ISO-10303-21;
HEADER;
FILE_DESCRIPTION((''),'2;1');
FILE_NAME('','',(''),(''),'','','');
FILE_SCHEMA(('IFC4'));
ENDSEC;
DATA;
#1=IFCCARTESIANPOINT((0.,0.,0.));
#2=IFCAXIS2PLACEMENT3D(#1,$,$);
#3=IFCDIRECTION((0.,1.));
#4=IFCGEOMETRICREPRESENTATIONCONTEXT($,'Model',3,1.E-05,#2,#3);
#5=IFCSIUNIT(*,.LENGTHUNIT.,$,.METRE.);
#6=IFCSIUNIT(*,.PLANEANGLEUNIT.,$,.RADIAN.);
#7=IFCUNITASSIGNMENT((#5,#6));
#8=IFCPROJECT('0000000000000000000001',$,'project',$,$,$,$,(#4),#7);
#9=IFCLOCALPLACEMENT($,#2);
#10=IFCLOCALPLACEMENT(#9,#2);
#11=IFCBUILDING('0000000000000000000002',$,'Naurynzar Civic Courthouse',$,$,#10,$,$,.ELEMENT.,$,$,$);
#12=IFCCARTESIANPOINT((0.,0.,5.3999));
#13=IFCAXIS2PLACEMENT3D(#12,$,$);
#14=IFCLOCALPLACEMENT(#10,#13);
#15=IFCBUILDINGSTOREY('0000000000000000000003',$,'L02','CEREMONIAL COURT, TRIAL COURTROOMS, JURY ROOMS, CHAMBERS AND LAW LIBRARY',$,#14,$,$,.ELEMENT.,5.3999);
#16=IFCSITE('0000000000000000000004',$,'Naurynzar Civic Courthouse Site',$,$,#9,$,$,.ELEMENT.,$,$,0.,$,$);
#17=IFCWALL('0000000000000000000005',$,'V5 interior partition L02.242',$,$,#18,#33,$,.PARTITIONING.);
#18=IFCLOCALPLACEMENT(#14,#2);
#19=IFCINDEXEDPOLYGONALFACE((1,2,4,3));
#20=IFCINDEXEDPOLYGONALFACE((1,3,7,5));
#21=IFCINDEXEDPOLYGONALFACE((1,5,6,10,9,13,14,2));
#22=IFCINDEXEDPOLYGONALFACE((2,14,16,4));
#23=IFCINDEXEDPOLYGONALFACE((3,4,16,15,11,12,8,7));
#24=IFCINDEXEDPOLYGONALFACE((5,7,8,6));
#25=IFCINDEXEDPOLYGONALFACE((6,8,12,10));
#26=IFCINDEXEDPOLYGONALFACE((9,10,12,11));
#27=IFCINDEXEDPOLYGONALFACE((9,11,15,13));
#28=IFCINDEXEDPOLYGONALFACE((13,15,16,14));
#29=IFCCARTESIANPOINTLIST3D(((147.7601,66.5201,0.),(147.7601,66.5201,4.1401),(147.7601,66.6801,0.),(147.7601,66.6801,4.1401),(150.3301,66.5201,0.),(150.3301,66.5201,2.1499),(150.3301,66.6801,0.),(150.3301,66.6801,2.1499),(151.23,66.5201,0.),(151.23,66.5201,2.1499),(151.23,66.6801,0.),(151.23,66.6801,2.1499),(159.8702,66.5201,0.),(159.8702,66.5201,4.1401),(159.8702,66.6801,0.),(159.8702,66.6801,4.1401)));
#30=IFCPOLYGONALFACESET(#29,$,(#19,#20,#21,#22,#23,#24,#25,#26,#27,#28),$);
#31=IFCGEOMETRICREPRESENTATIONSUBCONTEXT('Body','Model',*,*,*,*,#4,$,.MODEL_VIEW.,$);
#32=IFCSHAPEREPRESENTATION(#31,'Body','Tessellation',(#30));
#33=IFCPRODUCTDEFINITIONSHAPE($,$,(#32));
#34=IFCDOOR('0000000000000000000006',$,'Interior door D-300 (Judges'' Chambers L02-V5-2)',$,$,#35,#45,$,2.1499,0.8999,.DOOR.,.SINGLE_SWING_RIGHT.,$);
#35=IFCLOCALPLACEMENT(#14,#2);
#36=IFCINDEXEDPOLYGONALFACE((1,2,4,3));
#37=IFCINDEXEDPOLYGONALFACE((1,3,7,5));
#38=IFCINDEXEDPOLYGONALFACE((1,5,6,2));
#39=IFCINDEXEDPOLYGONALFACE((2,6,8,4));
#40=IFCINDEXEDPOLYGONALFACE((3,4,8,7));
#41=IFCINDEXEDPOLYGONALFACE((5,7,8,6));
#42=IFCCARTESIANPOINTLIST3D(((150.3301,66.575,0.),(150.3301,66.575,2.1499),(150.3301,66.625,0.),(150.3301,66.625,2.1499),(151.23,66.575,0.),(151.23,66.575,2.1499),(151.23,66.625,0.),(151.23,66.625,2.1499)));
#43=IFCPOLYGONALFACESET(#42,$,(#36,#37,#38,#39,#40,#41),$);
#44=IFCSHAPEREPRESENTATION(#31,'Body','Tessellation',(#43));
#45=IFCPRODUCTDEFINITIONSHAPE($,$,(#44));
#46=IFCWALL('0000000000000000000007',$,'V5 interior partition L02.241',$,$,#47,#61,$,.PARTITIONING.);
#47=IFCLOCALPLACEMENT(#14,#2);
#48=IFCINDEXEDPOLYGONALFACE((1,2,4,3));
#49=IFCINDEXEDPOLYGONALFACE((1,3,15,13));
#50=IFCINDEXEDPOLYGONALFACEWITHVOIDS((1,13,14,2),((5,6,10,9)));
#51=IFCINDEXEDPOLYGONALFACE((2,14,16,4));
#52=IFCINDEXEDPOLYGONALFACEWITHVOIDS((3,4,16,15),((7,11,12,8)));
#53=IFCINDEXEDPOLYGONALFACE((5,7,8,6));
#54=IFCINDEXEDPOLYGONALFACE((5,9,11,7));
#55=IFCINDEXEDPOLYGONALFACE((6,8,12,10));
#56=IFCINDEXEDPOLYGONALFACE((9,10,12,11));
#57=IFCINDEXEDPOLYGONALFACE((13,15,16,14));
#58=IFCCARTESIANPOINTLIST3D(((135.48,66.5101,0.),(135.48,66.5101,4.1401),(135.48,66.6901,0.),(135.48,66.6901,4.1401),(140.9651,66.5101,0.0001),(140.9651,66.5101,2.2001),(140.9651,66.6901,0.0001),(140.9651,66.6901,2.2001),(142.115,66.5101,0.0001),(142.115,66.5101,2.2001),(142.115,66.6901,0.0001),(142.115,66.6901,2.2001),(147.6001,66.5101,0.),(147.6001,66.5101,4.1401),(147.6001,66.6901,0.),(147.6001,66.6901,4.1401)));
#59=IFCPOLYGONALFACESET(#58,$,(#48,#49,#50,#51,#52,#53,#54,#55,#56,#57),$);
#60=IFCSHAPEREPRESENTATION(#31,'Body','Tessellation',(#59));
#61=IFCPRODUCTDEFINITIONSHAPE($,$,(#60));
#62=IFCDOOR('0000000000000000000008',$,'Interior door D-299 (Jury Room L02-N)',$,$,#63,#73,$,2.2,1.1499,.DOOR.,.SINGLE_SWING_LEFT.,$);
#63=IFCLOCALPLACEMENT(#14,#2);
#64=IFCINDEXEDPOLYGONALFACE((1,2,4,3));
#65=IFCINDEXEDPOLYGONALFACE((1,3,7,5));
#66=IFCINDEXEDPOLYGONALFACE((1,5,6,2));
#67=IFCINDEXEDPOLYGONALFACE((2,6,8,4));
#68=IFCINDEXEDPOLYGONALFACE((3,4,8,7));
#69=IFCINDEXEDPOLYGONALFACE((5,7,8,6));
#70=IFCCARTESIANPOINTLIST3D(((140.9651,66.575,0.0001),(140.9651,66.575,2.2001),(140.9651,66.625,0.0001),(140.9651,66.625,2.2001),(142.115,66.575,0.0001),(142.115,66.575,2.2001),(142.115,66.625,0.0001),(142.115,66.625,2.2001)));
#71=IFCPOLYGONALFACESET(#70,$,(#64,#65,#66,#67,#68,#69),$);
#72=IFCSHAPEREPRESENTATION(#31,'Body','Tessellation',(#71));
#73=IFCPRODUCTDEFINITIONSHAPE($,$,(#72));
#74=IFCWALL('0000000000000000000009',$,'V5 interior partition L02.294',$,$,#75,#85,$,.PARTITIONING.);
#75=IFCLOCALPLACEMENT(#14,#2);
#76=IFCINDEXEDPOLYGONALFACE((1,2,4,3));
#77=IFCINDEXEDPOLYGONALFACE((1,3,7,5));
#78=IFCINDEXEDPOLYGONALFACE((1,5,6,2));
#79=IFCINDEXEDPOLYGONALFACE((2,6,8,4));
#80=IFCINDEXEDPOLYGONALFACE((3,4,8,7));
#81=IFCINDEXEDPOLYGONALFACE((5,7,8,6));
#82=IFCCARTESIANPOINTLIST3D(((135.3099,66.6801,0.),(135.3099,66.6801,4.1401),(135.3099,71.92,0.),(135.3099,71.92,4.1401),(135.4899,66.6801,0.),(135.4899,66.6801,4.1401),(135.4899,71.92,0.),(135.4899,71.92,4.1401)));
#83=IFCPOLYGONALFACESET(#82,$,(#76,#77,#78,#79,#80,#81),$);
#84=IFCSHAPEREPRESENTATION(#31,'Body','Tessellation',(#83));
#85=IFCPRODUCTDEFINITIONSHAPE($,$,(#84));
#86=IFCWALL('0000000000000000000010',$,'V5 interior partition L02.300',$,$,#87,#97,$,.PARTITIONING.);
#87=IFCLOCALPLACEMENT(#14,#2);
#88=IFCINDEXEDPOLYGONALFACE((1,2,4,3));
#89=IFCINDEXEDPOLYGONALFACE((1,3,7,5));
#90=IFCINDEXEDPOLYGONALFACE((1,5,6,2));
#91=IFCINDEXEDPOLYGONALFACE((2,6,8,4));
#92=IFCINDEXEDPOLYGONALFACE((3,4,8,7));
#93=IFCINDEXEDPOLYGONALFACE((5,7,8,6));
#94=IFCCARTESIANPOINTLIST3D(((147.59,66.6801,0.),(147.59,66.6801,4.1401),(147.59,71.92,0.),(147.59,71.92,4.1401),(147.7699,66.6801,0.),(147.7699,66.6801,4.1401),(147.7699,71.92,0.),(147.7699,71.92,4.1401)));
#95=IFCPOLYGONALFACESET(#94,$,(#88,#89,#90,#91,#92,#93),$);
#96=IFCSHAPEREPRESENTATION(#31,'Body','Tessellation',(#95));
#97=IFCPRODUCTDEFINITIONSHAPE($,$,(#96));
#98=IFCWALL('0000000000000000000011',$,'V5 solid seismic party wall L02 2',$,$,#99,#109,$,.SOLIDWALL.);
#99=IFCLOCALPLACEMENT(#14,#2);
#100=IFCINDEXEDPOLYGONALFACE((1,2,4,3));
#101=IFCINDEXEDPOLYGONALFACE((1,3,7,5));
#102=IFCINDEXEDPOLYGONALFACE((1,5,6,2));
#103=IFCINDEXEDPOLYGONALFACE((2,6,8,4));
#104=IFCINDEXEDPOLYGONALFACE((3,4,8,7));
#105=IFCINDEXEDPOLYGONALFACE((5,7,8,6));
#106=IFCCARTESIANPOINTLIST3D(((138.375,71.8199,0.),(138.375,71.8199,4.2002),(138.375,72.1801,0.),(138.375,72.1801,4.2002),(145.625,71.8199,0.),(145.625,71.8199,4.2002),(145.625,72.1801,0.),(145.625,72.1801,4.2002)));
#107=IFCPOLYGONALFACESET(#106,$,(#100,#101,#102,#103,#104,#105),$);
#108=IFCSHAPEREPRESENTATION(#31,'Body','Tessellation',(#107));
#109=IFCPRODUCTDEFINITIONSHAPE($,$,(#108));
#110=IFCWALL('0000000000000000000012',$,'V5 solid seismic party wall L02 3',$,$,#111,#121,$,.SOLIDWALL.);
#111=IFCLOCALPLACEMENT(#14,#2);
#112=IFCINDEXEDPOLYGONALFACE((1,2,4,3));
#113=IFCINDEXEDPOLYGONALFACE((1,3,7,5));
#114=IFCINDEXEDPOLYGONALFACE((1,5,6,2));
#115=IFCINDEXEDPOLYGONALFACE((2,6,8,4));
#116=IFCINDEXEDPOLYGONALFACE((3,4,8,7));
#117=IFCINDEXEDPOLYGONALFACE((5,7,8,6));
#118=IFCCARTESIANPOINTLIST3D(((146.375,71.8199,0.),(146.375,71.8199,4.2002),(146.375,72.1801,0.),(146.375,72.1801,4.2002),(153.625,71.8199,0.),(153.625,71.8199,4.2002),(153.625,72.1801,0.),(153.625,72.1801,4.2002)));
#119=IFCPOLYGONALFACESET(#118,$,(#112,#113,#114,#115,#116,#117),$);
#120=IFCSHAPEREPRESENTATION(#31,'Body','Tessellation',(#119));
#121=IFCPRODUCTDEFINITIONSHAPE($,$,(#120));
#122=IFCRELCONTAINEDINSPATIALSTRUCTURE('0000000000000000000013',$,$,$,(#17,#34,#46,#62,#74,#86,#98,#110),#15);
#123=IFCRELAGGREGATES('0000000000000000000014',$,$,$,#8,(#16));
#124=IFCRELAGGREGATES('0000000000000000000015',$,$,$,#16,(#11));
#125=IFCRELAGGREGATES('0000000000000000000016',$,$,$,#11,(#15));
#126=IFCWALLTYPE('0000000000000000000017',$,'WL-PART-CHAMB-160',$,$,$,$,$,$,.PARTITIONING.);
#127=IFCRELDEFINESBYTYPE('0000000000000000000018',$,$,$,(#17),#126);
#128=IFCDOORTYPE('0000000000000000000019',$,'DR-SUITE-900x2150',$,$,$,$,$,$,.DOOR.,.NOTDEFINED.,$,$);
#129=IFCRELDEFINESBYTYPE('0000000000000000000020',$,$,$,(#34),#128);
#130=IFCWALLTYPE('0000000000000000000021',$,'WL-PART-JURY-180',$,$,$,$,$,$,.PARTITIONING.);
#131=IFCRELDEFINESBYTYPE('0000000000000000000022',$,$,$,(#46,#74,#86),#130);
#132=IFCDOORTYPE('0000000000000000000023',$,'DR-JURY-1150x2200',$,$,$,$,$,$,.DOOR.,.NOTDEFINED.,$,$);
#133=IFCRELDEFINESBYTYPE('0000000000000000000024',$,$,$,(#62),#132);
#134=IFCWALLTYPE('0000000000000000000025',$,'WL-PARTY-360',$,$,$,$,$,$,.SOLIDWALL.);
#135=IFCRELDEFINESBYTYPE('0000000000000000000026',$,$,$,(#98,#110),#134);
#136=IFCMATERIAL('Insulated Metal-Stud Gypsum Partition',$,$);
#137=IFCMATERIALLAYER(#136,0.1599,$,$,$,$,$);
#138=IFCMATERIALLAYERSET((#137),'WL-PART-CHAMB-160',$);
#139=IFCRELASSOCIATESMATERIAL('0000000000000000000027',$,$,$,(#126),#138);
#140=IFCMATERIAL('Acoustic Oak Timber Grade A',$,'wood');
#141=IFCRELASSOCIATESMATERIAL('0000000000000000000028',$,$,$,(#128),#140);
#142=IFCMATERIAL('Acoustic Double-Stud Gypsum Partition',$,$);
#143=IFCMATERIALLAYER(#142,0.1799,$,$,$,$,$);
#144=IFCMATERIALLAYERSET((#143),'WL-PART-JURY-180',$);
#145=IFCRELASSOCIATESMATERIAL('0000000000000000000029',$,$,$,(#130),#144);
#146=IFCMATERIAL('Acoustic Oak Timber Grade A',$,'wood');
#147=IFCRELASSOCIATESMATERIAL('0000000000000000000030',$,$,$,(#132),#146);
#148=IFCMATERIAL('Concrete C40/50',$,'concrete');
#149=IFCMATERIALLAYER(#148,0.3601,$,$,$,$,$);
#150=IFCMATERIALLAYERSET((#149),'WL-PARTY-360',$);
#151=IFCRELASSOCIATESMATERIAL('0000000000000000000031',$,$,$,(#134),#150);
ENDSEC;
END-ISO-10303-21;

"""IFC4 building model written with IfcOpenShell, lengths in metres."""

from ifc_helpers import new_model, si_unit, direction, frame, frame_2d, origin, place, context, subcontext, project, spatial, rectangle, extrude, material, layer, layer_set, type_object, element, fill, save


model = new_model("IFC4")

# Units and contexts
model_context = context("Model", 3, precision=1e-05, world=origin(), true_north=direction((0.0, 1.0)))
body_context = subcontext(model_context, "Body", "Model", "MODEL_VIEW")
ifc_project = project(units=[si_unit("LENGTHUNIT", "METRE"), si_unit("PLANEANGLEUNIT", "RADIAN")], contexts=[model_context])

# Site, building, storey
site_placement = place(None, origin())
site = spatial("IfcSite", under=ifc_project, at=site_placement, Name="Naurynzar Civic Courthouse Site", CompositionType="ELEMENT", RefElevation=0.0)
building_placement = place(site_placement, origin())
building = spatial("IfcBuilding", under=site, at=building_placement, Name="Naurynzar Civic Courthouse", CompositionType="ELEMENT")
storey_placement = place(building_placement, frame((0.0, 0.0, 5.3999)))
storey = spatial("IfcBuildingStorey", under=building, at=storey_placement, Name="L02", Description="CEREMONIAL COURT, TRIAL COURTROOMS, JURY ROOMS, CHAMBERS AND LAW LIBRARY", CompositionType="ELEMENT", Elevation=5.3999)

# Walls, openings, doors
ifc_material_1 = material(Name="Insulated Metal-Stud Gypsum Partition")
ifc_layer_1 = layer(ifc_material_1, 0.1599)
ifc_layer_set_1 = layer_set([ifc_layer_1], Name="WL-PART-CHAMB-160")
wall_type_1 = type_object("IfcWallType", Name="WL-PART-CHAMB-160", PredefinedType="PARTITIONING", material=ifc_layer_set_1)
wall_1_placement = place(storey_placement, frame((147.76, 66.6001, 0.0), z_axis=(0.0, 0.0, 1.0), x_axis=(1.0, 0.0, 0.0)))
wall_1 = element("IfcWall", 1, at=wall_1_placement, inside=storey, type_object=wall_type_1, Name="V5 interior partition L02.242", PredefinedType="PARTITIONING", context=body_context, shape_type="SweptSolid", body=[
    extrude(rectangle(XDim=12.1101, YDim=0.1599, at=frame_2d((6.0552, 0.0))), origin(), (0.0, 0.0, 1.0), 4.1401),
])
opening_1_placement = place(wall_1_placement, frame((2.5701, 0.0, 0.0)))
opening_1 = element("IfcOpeningElement", 2, at=opening_1_placement, cuts=wall_1, PredefinedType="OPENING", context=body_context, shape_type="SweptSolid", body=[
    extrude(rectangle(XDim=0.8999, YDim=2.1499, at=frame_2d((0.45, 1.075))), frame((0.0, 0.0898, 0.0), z_axis=(0.0, -1.0, 0.0), x_axis=(1.0, 0.0, 0.0)), (0.0, 0.0, 1.0), 0.1799),
])
ifc_material_2 = material(Name="Acoustic Oak Timber Grade A", Category="wood")
door_type_1 = type_object("IfcDoorType", Name="DR-SUITE-900x2150", OperationType="NOTDEFINED", PredefinedType="DOOR", material=ifc_material_2)
door_1_placement = place(opening_1_placement, origin())
door_1 = element("IfcDoor", 3, at=door_1_placement, inside=storey, type_object=door_type_1, Name="Interior door D-300 (Judges' Chambers L02-V5-2)", OperationType="SINGLE_SWING_RIGHT", OverallHeight=2.1499, OverallWidth=0.8999, PredefinedType="DOOR", context=body_context, shape_type="SweptSolid", body=[
    extrude(rectangle(XDim=0.8999, YDim=2.1499, at=frame_2d((0.45, 1.075))), frame((0.0, 0.0249, 0.0), z_axis=(0.0, -1.0, 0.0), x_axis=(1.0, 0.0, 0.0)), (0.0, 0.0, 1.0), 0.05),
])
fill(opening_1, door_1)
ifc_material_3 = material(Name="Acoustic Double-Stud Gypsum Partition")
ifc_layer_2 = layer(ifc_material_3, 0.1799)
ifc_layer_set_2 = layer_set([ifc_layer_2], Name="WL-PART-JURY-180")
wall_type_2 = type_object("IfcWallType", Name="WL-PART-JURY-180", PredefinedType="PARTITIONING", material=ifc_layer_set_2)
wall_2_placement = place(storey_placement, frame((135.48, 66.6001, 0.0), z_axis=(0.0, 0.0, 1.0), x_axis=(1.0, 0.0, 0.0)))
wall_2 = element("IfcWall", 4, at=wall_2_placement, inside=storey, type_object=wall_type_2, Name="V5 interior partition L02.241", PredefinedType="PARTITIONING", context=body_context, shape_type="SweptSolid", body=[
    extrude(rectangle(XDim=12.1201, YDim=0.1799, at=frame_2d((6.0601, 0.0))), origin(), (0.0, 0.0, 1.0), 4.1401),
])
opening_2_placement = place(wall_2_placement, frame((5.4851, 0.0, 0.0)))
opening_2 = element("IfcOpeningElement", 5, at=opening_2_placement, cuts=wall_2, PredefinedType="OPENING", context=body_context, shape_type="SweptSolid", body=[
    extrude(rectangle(XDim=1.1499, YDim=2.2, at=frame_2d((0.575, 1.1001))), frame((0.0, 0.0999, 0.0), z_axis=(0.0, -1.0, 0.0), x_axis=(1.0, 0.0, 0.0)), (0.0, 0.0, 1.0), 0.2),
])
ifc_material_4 = material(Name="Acoustic Oak Timber Grade A", Category="wood")
door_type_2 = type_object("IfcDoorType", Name="DR-JURY-1150x2200", OperationType="NOTDEFINED", PredefinedType="DOOR", material=ifc_material_4)
door_2_placement = place(opening_2_placement, origin())
door_2 = element("IfcDoor", 6, at=door_2_placement, inside=storey, type_object=door_type_2, Name="Interior door D-299 (Jury Room L02-N)", OperationType="SINGLE_SWING_LEFT", OverallHeight=2.2, OverallWidth=1.1499, PredefinedType="DOOR", context=body_context, shape_type="SweptSolid", body=[
    extrude(rectangle(XDim=1.1499, YDim=2.2, at=frame_2d((0.575, 1.1001))), frame((0.0, 0.0249, 0.0), z_axis=(0.0, -1.0, 0.0), x_axis=(1.0, 0.0, 0.0)), (0.0, 0.0, 1.0), 0.05),
])
fill(opening_2, door_2)

# Walls
for number, where, z_axis, x_axis, name in (
    (7, (135.3999, 66.6799, 0.0), (0.0, 0.0, 1.0), (0.0, 1.0, 0.0), "V5 interior partition L02.294"),
    (8, (147.6799, 66.6799, 0.0), (0.0, 0.0, 1.0), (0.0, 1.0, 0.0), "V5 interior partition L02.300"),
):
    element("IfcWall", number, at=place(storey_placement, frame(where, z_axis=z_axis, x_axis=x_axis)), inside=storey, type_object=wall_type_2, Name=name, PredefinedType="PARTITIONING", context=body_context, shape_type="SweptSolid", body=[
        extrude(rectangle(XDim=5.24, YDim=0.1799, at=frame_2d((2.6201, 0.0))), origin(), (0.0, 0.0, 1.0), 4.1401),
    ])
ifc_material_5 = material(Name="Concrete C40/50", Category="concrete")
ifc_layer_3 = layer(ifc_material_5, 0.3601)
ifc_layer_set_3 = layer_set([ifc_layer_3], Name="WL-PARTY-360")
wall_type_3 = type_object("IfcWallType", Name="WL-PARTY-360", PredefinedType="SOLIDWALL", material=ifc_layer_set_3)
for number, where, z_axis, x_axis, name in (
    (9, (138.375, 72.0, 0.0), (0.0, 0.0, 1.0), (1.0, 0.0, 0.0), "V5 solid seismic party wall L02 2"),
    (10, (146.375, 72.0, 0.0), (0.0, 0.0, 1.0), (1.0, 0.0, 0.0), "V5 solid seismic party wall L02 3"),
):
    element("IfcWall", number, at=place(storey_placement, frame(where, z_axis=z_axis, x_axis=x_axis)), inside=storey, type_object=wall_type_3, Name=name, PredefinedType="SOLIDWALL", context=body_context, shape_type="SweptSolid", body=[
        extrude(rectangle(XDim=7.25, YDim=0.3601, at=frame_2d((3.625, 0.0))), origin(), (0.0, 0.0, 1.0), 4.2002),
    ])

save(model, "model.ifc")
